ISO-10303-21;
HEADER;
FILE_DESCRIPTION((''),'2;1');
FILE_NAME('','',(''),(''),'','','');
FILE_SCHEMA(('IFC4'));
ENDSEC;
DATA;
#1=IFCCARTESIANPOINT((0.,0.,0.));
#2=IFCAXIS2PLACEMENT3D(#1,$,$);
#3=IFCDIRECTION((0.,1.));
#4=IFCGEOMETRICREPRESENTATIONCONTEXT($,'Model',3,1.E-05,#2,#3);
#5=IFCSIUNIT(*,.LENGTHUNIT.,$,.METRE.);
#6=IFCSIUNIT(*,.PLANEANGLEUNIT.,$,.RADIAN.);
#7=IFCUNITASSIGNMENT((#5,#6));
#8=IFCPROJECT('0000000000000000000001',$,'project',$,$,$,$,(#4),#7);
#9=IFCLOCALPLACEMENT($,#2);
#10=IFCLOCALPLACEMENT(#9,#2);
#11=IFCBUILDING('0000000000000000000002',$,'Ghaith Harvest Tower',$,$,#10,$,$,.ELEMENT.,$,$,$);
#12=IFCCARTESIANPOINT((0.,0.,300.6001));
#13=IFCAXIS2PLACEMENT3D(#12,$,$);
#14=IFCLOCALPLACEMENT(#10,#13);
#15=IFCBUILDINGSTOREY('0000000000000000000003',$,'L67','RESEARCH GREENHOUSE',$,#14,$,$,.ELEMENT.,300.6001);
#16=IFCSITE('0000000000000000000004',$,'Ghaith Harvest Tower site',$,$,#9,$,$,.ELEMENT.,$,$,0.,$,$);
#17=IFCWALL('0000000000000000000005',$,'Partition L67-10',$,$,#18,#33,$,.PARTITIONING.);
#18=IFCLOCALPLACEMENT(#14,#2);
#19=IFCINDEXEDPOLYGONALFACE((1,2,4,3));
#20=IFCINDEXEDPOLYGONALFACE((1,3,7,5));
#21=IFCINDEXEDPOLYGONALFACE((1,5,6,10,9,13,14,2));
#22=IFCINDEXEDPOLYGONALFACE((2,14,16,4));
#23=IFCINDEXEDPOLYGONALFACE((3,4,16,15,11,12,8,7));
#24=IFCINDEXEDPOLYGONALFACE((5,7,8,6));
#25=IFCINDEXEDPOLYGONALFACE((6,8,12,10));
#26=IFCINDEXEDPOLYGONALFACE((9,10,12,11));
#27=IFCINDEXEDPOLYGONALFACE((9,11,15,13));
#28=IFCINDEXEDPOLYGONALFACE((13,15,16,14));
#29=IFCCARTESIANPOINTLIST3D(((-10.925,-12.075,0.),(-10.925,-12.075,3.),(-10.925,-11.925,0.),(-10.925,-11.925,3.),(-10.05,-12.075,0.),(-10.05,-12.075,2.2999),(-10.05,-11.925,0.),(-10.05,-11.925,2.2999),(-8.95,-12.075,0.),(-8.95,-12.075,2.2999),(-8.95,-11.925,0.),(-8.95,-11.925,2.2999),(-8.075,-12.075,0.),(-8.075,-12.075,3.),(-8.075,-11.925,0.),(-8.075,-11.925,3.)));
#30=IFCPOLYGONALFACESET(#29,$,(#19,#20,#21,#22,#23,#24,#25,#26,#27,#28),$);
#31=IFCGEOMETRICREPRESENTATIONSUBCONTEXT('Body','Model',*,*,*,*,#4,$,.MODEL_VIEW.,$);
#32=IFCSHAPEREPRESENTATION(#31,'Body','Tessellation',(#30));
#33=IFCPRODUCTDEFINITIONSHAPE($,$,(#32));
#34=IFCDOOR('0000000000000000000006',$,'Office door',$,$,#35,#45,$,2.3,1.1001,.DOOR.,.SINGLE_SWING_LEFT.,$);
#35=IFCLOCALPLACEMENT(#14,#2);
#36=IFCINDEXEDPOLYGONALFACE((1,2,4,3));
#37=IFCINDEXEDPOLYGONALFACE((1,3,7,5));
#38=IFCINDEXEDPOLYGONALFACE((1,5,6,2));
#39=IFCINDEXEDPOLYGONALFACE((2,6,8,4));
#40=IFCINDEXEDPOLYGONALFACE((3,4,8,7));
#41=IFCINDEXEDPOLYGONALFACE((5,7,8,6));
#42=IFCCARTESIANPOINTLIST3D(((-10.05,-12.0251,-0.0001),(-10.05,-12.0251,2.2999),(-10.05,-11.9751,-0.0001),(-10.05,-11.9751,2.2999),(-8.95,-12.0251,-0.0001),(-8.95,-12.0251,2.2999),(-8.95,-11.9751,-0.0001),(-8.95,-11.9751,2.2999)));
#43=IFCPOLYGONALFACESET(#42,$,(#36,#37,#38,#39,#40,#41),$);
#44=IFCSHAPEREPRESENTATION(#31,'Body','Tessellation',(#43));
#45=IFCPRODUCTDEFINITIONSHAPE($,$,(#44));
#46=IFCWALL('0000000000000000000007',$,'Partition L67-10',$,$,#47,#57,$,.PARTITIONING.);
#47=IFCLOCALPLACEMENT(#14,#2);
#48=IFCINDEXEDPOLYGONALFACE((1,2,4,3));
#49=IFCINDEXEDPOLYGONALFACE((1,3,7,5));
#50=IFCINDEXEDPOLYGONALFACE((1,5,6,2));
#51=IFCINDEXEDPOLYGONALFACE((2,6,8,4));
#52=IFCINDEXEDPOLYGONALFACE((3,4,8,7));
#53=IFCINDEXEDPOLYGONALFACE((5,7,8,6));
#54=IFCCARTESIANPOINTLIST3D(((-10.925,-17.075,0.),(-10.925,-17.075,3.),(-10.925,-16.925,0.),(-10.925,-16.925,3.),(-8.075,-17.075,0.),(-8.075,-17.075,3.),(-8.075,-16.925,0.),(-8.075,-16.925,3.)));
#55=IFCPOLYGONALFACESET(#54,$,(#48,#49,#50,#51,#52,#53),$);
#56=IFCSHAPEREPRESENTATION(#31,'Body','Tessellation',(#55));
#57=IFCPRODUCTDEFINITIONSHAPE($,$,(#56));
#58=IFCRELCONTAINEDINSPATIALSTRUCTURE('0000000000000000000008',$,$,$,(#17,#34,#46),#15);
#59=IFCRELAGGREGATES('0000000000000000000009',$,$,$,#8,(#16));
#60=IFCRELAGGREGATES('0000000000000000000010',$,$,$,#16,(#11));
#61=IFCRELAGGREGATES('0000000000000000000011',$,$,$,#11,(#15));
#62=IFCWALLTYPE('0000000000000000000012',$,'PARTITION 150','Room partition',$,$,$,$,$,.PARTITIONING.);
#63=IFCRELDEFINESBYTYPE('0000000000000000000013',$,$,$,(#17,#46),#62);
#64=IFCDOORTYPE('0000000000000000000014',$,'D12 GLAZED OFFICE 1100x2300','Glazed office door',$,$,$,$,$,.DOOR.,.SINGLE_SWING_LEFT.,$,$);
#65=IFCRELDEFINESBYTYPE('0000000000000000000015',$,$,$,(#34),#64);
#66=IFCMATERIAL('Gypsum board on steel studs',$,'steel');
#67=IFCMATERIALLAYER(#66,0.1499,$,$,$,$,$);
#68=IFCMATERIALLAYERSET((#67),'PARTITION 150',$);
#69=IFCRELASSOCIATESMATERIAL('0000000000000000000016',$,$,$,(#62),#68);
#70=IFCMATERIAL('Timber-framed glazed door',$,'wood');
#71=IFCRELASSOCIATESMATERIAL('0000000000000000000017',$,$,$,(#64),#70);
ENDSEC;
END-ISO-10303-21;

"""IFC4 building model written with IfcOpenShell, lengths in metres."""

from ifc_helpers import new_model, si_unit, direction, frame, frame_2d, origin, place, context, subcontext, project, spatial, rectangle, extrude, material, layer, layer_set, type_object, element, fill, save


model = new_model("IFC4")

# Units and contexts
model_context = context("Model", 3, precision=1e-05, world=origin(), true_north=direction((0.0, 1.0)))
body_context = subcontext(model_context, "Body", "Model", "MODEL_VIEW")
ifc_project = project(units=[si_unit("LENGTHUNIT", "METRE"), si_unit("PLANEANGLEUNIT", "RADIAN")], contexts=[model_context])

# Site, building, storey
site_placement = place(None, origin())
site = spatial("IfcSite", under=ifc_project, at=site_placement, Name="Ghaith Harvest Tower site", CompositionType="ELEMENT", RefElevation=0.0)
building_placement = place(site_placement, origin())
building = spatial("IfcBuilding", under=site, at=building_placement, Name="Ghaith Harvest Tower", CompositionType="ELEMENT")
storey_placement = place(building_placement, frame((0.0, 0.0, 300.6001)))
storey = spatial("IfcBuildingStorey", under=building, at=storey_placement, Name="L67", Description="RESEARCH GREENHOUSE", CompositionType="ELEMENT", Elevation=300.6001)

# Shared definitions
ifc_material_1 = material(Name="Gypsum board on steel studs", Category="steel")
ifc_layer_1 = layer(ifc_material_1, 0.1499)
ifc_layer_set_1 = layer_set([ifc_layer_1], Name="PARTITION 150")
wall_type = type_object("IfcWallType", Name="PARTITION 150", Description="Room partition", PredefinedType="PARTITIONING", material=ifc_layer_set_1)

# Wall, opening, door
wall_1_placement = place(storey_placement, frame((-10.925, -12.0, 0.0), z_axis=(0.0, 0.0, 1.0), x_axis=(1.0, 0.0, 0.0)))
wall_1 = element("IfcWall", 1, at=wall_1_placement, inside=storey, type_object=wall_type, Name="Partition L67-10", PredefinedType="PARTITIONING", context=body_context, shape_type="SweptSolid", body=[
    extrude(rectangle(XDim=2.8501, YDim=0.1499, at=frame_2d((1.425, 0.0))), origin(), (0.0, 0.0, 1.0), 3.0),
])
opening_1_placement = place(wall_1_placement, frame((0.875, 0.0, 0.0)))
opening_1 = element("IfcOpeningElement", 2, at=opening_1_placement, cuts=wall_1, PredefinedType="OPENING", context=body_context, shape_type="SweptSolid", body=[
    extrude(rectangle(XDim=1.1001, YDim=2.3, at=frame_2d((0.55, 1.1499))), frame((0.0, 0.085, 0.0), z_axis=(0.0, -1.0, 0.0), x_axis=(1.0, 0.0, 0.0)), (0.0, 0.0, 1.0), 0.1699),
])
ifc_material_2 = material(Name="Timber-framed glazed door", Category="wood")
door_type_1 = type_object("IfcDoorType", Name="D12 GLAZED OFFICE 1100x2300", Description="Glazed office door", OperationType="SINGLE_SWING_LEFT", PredefinedType="DOOR", material=ifc_material_2)
door_1_placement = place(opening_1_placement, origin())
door_1 = element("IfcDoor", 3, at=door_1_placement, inside=storey, type_object=door_type_1, Name="Office door", OperationType="SINGLE_SWING_LEFT", OverallHeight=2.3, OverallWidth=1.1001, PredefinedType="DOOR", context=body_context, shape_type="SweptSolid", body=[
    extrude(rectangle(XDim=1.1001, YDim=2.3, at=frame_2d((0.55, 1.1499))), frame((0.0, 0.0249, 0.0), z_axis=(0.0, -1.0, 0.0), x_axis=(1.0, 0.0, 0.0)), (0.0, 0.0, 1.0), 0.05),
])
fill(opening_1, door_1)

# Wall
wall_2_placement = place(storey_placement, frame((-10.925, -17.0, 0.0), z_axis=(0.0, 0.0, 1.0), x_axis=(1.0, 0.0, 0.0)))
element("IfcWall", 4, at=wall_2_placement, inside=storey, type_object=wall_type, Name="Partition L67-10", PredefinedType="PARTITIONING", context=body_context, shape_type="SweptSolid", body=[
    extrude(rectangle(XDim=2.8501, YDim=0.1499, at=frame_2d((1.425, 0.0))), origin(), (0.0, 0.0, 1.0), 3.0),
])

save(model, "model.ifc")
